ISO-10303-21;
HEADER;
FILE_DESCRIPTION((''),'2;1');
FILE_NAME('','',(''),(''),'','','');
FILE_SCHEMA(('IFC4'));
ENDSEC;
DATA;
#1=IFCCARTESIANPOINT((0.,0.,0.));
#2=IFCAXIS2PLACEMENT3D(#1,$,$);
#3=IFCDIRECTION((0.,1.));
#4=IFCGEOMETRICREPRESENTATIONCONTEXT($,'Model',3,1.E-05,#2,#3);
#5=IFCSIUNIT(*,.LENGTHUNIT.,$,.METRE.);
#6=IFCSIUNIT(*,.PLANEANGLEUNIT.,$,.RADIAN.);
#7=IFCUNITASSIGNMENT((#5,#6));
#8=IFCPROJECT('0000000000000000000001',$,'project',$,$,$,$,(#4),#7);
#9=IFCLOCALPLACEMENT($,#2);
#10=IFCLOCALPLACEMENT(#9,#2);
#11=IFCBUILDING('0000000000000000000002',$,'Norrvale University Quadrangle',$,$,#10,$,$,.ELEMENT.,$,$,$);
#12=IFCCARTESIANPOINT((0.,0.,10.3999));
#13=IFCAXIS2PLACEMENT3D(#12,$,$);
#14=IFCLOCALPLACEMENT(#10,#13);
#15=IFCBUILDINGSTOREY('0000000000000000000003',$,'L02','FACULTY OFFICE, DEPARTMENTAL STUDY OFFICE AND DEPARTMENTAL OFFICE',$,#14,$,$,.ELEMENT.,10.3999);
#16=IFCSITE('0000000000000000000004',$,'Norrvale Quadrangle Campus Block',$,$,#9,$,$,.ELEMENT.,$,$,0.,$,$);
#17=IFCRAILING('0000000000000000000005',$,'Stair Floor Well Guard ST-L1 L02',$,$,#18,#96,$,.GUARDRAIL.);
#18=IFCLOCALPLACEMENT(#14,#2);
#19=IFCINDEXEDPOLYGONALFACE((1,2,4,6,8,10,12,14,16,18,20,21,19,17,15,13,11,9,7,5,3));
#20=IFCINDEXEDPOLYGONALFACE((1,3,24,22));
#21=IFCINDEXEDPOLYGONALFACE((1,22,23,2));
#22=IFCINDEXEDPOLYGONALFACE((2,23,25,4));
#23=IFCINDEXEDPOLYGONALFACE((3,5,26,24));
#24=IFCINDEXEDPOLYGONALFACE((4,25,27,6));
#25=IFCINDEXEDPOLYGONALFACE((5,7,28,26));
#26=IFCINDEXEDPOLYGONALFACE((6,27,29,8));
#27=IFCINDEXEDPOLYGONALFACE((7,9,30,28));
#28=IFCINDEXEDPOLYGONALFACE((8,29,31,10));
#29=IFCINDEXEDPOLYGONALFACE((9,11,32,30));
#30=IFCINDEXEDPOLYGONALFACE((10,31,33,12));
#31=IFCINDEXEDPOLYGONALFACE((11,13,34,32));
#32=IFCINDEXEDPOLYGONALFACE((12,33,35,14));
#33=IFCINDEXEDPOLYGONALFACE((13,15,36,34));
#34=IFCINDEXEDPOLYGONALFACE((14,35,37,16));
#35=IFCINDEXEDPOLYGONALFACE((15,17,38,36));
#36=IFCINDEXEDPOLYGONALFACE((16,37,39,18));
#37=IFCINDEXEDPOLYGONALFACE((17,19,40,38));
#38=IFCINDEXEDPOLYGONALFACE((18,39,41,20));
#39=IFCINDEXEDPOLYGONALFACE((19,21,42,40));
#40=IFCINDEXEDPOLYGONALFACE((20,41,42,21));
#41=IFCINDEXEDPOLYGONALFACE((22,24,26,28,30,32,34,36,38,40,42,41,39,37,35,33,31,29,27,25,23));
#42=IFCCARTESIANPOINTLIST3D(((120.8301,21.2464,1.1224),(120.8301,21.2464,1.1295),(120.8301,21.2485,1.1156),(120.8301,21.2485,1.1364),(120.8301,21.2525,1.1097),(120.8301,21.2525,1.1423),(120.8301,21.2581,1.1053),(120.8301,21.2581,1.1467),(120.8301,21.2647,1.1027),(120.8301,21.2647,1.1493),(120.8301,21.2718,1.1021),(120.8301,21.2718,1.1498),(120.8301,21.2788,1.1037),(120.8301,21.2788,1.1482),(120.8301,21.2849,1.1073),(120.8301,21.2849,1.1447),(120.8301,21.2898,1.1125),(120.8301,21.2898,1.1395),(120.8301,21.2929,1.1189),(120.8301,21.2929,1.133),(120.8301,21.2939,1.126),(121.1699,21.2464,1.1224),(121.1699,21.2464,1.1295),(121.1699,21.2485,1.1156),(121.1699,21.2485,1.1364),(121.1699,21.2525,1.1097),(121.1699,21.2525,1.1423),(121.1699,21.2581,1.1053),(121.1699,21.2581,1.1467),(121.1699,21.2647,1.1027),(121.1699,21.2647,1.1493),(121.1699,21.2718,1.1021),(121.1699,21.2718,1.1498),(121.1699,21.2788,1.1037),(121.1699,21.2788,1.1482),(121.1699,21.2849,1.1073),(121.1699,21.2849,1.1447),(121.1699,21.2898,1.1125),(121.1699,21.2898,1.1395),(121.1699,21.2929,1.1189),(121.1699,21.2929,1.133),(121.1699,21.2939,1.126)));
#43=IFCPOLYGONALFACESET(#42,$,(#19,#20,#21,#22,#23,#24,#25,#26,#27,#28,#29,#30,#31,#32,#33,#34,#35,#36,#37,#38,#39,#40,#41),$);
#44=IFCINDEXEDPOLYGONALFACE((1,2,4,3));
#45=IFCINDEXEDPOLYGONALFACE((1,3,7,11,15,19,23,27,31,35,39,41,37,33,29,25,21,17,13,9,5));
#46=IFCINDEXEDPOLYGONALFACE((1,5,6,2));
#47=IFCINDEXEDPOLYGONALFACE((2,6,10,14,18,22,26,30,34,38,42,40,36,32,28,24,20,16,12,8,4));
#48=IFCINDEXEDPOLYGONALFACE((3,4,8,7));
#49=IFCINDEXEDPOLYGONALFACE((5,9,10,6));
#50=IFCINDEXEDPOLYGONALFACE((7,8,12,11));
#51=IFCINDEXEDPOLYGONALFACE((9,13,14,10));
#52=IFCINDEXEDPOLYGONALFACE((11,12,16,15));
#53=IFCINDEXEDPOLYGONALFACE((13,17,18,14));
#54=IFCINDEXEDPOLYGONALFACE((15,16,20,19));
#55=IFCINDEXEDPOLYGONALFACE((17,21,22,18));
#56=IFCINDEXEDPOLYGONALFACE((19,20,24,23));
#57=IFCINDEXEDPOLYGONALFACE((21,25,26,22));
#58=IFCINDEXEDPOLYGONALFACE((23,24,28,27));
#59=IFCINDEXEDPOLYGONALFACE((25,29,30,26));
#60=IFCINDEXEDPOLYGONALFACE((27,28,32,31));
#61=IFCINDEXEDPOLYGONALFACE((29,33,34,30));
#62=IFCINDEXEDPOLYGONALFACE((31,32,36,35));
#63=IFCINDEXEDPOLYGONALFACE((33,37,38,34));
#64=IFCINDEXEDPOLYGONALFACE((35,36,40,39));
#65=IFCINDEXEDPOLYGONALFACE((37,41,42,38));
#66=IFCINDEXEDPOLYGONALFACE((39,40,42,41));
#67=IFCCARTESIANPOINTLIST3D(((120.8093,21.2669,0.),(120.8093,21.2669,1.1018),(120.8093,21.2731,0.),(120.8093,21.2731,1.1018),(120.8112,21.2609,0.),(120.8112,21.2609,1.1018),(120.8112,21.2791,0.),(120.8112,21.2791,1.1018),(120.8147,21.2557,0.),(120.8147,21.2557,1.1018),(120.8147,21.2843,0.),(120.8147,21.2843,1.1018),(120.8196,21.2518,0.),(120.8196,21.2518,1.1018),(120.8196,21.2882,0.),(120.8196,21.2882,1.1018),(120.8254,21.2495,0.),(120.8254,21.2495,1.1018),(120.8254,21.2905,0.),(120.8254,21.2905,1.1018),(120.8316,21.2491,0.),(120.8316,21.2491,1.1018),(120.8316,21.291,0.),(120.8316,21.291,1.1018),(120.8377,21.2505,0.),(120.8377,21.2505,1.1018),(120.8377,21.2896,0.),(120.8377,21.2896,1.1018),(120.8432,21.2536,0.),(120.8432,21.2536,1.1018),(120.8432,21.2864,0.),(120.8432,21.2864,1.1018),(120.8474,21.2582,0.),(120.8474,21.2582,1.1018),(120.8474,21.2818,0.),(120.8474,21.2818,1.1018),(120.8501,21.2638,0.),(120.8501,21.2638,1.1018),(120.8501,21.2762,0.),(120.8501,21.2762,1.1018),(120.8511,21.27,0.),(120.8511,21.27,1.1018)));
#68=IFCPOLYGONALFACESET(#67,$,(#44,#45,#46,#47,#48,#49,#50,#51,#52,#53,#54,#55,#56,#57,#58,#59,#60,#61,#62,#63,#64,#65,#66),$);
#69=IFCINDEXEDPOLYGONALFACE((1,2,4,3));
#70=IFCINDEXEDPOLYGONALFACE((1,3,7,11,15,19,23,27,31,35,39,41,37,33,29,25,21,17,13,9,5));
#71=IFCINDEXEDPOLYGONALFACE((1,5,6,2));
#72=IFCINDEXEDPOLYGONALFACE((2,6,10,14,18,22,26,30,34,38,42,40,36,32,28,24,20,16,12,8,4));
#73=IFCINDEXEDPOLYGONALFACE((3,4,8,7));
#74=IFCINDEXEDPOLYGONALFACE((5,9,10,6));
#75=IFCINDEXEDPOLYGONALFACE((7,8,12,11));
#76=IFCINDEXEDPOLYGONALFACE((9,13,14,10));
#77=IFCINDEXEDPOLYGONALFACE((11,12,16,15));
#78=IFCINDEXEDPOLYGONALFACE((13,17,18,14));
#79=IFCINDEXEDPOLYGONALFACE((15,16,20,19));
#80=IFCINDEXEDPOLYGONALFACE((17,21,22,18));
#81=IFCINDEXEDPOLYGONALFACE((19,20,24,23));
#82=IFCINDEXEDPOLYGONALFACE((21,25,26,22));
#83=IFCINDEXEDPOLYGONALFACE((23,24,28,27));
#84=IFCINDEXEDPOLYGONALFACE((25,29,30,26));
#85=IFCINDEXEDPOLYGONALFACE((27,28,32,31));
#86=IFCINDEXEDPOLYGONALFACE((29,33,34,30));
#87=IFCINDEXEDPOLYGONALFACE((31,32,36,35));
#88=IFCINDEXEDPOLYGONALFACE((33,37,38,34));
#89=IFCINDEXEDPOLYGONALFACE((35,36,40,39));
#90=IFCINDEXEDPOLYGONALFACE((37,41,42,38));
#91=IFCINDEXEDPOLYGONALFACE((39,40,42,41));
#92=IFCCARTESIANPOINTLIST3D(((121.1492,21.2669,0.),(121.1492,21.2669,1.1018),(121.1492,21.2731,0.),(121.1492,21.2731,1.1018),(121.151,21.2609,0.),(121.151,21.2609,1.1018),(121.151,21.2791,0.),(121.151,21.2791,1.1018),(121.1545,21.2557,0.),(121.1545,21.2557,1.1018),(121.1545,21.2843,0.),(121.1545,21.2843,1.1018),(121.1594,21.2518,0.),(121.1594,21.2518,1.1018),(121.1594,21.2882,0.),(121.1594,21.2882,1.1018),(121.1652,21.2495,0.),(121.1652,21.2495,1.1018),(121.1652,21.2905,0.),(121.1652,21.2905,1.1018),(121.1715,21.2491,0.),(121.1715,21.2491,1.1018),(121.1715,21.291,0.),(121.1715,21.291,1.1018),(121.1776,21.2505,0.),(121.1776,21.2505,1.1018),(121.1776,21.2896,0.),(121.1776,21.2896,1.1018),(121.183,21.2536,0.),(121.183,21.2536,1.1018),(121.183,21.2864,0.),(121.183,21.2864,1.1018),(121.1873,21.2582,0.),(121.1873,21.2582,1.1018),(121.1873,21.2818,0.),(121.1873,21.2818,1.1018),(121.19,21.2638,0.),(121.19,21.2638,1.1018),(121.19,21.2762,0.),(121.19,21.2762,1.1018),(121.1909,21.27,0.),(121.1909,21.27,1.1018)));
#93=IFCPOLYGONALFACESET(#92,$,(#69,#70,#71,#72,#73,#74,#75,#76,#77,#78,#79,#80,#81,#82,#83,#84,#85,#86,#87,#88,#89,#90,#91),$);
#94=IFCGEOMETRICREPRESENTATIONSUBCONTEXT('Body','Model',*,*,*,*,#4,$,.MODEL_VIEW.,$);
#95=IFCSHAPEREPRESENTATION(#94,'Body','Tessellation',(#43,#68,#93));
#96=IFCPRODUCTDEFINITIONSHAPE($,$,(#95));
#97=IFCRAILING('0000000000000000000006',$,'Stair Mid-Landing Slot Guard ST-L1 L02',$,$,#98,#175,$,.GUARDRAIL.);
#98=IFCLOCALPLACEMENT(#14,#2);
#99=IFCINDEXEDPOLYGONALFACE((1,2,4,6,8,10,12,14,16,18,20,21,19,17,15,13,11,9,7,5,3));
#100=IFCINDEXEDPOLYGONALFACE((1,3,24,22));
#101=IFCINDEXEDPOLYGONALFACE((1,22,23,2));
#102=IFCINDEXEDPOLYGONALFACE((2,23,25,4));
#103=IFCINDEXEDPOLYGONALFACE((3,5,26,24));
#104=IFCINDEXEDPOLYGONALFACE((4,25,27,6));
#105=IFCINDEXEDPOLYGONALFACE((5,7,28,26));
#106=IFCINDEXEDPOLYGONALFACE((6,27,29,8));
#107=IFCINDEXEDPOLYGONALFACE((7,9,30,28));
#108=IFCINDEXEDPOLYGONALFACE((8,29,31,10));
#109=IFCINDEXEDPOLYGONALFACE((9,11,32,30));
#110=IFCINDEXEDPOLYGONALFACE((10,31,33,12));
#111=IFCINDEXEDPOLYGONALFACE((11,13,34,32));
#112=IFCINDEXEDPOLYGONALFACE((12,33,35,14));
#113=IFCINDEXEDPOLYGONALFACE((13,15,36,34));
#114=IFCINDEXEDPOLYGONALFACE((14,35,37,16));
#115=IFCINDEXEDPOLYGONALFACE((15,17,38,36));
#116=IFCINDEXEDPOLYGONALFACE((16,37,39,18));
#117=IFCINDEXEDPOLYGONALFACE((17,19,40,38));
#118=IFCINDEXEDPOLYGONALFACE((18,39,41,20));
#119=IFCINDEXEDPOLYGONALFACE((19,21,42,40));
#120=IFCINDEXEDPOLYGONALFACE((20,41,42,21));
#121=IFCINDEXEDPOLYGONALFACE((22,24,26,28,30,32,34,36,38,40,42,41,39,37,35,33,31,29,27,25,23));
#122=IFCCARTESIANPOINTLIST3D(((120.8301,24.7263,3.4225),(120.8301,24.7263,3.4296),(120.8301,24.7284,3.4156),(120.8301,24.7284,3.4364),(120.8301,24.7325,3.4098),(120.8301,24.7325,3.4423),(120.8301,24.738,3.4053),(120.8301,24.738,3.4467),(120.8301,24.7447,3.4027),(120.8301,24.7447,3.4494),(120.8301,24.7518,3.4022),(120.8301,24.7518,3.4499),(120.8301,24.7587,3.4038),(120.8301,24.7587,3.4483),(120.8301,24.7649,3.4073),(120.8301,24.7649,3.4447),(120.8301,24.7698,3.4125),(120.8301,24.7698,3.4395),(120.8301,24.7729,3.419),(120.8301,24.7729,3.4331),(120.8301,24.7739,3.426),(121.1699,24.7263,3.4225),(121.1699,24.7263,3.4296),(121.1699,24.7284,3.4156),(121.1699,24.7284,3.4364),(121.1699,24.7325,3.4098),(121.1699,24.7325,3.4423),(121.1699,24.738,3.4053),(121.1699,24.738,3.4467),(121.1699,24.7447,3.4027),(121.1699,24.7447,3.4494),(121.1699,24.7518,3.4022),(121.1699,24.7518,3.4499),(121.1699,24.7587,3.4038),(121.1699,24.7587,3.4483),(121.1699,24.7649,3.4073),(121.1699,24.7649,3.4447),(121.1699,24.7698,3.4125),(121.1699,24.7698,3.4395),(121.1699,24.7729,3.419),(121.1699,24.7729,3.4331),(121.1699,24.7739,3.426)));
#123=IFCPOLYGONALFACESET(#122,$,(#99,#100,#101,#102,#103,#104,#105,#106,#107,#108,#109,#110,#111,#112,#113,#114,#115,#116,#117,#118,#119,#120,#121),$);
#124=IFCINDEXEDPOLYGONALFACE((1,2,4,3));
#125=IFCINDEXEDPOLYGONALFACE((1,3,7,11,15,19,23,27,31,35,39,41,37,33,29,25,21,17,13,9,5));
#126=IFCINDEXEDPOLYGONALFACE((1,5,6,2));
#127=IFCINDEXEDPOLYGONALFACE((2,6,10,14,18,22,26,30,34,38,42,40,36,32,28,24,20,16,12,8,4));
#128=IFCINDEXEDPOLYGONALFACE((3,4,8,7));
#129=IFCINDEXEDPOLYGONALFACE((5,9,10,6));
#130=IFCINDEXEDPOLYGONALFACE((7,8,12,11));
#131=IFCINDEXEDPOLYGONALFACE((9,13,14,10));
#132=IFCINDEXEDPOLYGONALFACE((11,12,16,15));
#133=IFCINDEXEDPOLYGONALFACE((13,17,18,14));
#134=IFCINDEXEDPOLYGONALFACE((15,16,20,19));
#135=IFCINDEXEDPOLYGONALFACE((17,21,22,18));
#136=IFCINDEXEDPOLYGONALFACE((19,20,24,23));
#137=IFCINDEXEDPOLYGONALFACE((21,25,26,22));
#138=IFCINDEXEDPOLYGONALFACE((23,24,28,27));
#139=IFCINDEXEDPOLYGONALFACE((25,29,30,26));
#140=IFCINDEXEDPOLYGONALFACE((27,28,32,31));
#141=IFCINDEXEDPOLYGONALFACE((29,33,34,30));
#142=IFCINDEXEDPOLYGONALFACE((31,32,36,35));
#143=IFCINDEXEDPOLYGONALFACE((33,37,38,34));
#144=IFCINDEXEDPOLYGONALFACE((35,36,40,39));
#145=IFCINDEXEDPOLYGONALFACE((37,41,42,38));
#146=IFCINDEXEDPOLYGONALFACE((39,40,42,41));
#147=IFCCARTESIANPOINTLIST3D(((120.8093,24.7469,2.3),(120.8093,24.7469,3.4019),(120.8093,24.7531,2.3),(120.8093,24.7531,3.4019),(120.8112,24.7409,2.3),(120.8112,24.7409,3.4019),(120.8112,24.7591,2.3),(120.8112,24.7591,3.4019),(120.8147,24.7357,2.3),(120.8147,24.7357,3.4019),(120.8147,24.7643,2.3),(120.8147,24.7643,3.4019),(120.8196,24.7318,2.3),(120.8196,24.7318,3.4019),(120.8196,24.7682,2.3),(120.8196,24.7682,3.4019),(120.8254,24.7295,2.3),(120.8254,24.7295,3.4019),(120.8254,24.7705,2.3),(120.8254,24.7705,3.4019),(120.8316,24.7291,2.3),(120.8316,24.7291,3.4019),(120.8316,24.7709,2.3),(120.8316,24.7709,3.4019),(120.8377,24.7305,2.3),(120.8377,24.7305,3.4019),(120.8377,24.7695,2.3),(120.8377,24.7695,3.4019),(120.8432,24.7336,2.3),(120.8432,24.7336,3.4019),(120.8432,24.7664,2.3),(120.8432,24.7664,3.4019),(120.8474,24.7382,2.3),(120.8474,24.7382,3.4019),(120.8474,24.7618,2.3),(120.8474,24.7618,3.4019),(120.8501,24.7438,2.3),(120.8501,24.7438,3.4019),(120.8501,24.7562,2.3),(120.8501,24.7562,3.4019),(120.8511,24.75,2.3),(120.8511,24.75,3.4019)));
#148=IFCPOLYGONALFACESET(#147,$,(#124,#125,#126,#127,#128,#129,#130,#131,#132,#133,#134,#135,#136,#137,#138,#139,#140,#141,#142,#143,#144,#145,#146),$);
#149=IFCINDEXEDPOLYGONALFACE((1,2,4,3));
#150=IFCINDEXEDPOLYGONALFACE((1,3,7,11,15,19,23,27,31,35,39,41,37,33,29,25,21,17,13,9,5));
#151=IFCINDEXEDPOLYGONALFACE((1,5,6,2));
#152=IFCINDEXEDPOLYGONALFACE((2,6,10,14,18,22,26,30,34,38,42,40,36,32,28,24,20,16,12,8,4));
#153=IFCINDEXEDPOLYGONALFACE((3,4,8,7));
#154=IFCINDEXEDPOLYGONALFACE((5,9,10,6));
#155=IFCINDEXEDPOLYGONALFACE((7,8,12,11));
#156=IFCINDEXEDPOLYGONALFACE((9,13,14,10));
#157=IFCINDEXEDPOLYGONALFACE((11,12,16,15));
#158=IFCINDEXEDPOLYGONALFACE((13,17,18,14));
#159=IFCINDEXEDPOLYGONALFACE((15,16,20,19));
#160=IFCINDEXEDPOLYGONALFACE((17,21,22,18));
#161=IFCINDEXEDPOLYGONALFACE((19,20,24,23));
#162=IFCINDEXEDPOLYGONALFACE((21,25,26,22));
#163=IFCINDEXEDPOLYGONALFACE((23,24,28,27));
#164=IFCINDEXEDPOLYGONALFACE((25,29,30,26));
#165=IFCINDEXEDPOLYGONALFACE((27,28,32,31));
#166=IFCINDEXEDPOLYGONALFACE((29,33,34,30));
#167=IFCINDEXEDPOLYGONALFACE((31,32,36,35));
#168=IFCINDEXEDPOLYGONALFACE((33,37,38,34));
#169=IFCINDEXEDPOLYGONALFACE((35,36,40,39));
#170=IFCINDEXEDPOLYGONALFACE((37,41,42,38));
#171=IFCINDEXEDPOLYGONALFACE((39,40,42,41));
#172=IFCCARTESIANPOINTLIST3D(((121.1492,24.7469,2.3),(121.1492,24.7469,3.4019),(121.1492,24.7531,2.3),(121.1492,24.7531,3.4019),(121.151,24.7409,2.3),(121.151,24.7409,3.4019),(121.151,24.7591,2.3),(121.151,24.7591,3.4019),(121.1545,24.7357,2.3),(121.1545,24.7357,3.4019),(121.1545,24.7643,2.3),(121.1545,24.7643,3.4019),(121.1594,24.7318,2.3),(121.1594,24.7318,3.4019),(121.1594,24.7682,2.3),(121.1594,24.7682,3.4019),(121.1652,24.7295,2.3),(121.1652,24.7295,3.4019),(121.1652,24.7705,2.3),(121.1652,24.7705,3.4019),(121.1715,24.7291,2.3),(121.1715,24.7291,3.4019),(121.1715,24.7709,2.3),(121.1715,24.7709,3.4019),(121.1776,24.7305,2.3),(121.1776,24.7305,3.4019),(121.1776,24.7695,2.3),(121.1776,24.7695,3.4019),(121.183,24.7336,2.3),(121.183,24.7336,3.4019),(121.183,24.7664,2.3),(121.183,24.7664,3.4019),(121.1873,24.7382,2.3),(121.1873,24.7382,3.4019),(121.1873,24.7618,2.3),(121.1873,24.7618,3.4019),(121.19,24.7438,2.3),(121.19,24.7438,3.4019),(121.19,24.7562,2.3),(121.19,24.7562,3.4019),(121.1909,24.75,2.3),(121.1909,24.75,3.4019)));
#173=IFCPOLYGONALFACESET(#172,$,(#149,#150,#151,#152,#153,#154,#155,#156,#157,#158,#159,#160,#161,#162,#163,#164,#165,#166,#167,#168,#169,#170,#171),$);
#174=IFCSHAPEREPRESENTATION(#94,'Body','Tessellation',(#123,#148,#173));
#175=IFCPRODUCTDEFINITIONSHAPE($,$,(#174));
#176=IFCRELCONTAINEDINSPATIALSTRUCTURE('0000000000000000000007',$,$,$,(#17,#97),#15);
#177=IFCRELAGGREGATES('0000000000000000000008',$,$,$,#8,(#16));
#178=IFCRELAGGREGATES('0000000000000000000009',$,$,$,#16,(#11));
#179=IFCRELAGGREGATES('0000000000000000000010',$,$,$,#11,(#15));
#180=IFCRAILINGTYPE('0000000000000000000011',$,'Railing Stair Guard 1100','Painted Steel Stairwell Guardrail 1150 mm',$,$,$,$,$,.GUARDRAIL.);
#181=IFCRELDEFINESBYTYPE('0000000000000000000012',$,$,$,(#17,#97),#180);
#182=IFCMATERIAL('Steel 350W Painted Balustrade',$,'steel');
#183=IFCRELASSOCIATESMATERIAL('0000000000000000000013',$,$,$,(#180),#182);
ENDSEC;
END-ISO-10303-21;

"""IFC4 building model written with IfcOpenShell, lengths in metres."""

from ifc_helpers import new_model, si_unit, direction, frame, origin, origin_2d, place, context, subcontext, project, spatial, circle, extrude, material, type_object, element, save


model = new_model("IFC4")

# Units and contexts
model_context = context("Model", 3, precision=1e-05, world=origin(), true_north=direction((0.0, 1.0)))
body_context = subcontext(model_context, "Body", "Model", "MODEL_VIEW")
ifc_project = project(units=[si_unit("LENGTHUNIT", "METRE"), si_unit("PLANEANGLEUNIT", "RADIAN")], contexts=[model_context])

# Site, building, storey
site_placement = place(None, origin())
site = spatial("IfcSite", under=ifc_project, at=site_placement, Name="Norrvale Quadrangle Campus Block", CompositionType="ELEMENT", RefElevation=0.0)
building_placement = place(site_placement, origin())
building = spatial("IfcBuilding", under=site, at=building_placement, Name="Norrvale University Quadrangle", CompositionType="ELEMENT")
storey_placement = place(building_placement, frame((0.0, 0.0, 10.3999)))
storey = spatial("IfcBuildingStorey", under=building, at=storey_placement, Name="L02", Description="FACULTY OFFICE, DEPARTMENTAL STUDY OFFICE AND DEPARTMENTAL OFFICE", CompositionType="ELEMENT", Elevation=10.3999)

# Railings
ifc_material_1 = material(Name="Steel 350W Painted Balustrade", Category="steel")
railing_type_1 = type_object("IfcRailingType", Name="Railing Stair Guard 1100", Description="Painted Steel Stairwell Guardrail 1150 mm", PredefinedType="GUARDRAIL", material=ifc_material_1)
for number, where, name in (
    (1, (120.8301, 21.27, 0.0), "Stair Floor Well Guard ST-L1 L02"),
    (2, (120.8301, 24.75, 2.3), "Stair Mid-Landing Slot Guard ST-L1 L02"),
):
    element("IfcRailing", number, at=place(storey_placement, frame(where)), inside=storey, type_object=railing_type_1, Name=name, PredefinedType="GUARDRAIL", context=body_context, shape_type="SweptSolid", body=[
        extrude(circle(Radius=0.0239, at=origin_2d()), frame((0.0, 0.0, 1.126), z_axis=(1.0, 0.0, 0.0), x_axis=(0.0, 1.0, 0.0)), (0.0, 0.0, 1.0), 0.3398),
        extrude(circle(Radius=0.021, at=origin_2d()), origin(), (0.0, 0.0, 1.0), 1.1018),
        extrude(circle(Radius=0.021, at=origin_2d()), frame((0.3398, 0.0, 0.0)), (0.0, 0.0, 1.0), 1.1018),
    ])

save(model, "model.ifc")
